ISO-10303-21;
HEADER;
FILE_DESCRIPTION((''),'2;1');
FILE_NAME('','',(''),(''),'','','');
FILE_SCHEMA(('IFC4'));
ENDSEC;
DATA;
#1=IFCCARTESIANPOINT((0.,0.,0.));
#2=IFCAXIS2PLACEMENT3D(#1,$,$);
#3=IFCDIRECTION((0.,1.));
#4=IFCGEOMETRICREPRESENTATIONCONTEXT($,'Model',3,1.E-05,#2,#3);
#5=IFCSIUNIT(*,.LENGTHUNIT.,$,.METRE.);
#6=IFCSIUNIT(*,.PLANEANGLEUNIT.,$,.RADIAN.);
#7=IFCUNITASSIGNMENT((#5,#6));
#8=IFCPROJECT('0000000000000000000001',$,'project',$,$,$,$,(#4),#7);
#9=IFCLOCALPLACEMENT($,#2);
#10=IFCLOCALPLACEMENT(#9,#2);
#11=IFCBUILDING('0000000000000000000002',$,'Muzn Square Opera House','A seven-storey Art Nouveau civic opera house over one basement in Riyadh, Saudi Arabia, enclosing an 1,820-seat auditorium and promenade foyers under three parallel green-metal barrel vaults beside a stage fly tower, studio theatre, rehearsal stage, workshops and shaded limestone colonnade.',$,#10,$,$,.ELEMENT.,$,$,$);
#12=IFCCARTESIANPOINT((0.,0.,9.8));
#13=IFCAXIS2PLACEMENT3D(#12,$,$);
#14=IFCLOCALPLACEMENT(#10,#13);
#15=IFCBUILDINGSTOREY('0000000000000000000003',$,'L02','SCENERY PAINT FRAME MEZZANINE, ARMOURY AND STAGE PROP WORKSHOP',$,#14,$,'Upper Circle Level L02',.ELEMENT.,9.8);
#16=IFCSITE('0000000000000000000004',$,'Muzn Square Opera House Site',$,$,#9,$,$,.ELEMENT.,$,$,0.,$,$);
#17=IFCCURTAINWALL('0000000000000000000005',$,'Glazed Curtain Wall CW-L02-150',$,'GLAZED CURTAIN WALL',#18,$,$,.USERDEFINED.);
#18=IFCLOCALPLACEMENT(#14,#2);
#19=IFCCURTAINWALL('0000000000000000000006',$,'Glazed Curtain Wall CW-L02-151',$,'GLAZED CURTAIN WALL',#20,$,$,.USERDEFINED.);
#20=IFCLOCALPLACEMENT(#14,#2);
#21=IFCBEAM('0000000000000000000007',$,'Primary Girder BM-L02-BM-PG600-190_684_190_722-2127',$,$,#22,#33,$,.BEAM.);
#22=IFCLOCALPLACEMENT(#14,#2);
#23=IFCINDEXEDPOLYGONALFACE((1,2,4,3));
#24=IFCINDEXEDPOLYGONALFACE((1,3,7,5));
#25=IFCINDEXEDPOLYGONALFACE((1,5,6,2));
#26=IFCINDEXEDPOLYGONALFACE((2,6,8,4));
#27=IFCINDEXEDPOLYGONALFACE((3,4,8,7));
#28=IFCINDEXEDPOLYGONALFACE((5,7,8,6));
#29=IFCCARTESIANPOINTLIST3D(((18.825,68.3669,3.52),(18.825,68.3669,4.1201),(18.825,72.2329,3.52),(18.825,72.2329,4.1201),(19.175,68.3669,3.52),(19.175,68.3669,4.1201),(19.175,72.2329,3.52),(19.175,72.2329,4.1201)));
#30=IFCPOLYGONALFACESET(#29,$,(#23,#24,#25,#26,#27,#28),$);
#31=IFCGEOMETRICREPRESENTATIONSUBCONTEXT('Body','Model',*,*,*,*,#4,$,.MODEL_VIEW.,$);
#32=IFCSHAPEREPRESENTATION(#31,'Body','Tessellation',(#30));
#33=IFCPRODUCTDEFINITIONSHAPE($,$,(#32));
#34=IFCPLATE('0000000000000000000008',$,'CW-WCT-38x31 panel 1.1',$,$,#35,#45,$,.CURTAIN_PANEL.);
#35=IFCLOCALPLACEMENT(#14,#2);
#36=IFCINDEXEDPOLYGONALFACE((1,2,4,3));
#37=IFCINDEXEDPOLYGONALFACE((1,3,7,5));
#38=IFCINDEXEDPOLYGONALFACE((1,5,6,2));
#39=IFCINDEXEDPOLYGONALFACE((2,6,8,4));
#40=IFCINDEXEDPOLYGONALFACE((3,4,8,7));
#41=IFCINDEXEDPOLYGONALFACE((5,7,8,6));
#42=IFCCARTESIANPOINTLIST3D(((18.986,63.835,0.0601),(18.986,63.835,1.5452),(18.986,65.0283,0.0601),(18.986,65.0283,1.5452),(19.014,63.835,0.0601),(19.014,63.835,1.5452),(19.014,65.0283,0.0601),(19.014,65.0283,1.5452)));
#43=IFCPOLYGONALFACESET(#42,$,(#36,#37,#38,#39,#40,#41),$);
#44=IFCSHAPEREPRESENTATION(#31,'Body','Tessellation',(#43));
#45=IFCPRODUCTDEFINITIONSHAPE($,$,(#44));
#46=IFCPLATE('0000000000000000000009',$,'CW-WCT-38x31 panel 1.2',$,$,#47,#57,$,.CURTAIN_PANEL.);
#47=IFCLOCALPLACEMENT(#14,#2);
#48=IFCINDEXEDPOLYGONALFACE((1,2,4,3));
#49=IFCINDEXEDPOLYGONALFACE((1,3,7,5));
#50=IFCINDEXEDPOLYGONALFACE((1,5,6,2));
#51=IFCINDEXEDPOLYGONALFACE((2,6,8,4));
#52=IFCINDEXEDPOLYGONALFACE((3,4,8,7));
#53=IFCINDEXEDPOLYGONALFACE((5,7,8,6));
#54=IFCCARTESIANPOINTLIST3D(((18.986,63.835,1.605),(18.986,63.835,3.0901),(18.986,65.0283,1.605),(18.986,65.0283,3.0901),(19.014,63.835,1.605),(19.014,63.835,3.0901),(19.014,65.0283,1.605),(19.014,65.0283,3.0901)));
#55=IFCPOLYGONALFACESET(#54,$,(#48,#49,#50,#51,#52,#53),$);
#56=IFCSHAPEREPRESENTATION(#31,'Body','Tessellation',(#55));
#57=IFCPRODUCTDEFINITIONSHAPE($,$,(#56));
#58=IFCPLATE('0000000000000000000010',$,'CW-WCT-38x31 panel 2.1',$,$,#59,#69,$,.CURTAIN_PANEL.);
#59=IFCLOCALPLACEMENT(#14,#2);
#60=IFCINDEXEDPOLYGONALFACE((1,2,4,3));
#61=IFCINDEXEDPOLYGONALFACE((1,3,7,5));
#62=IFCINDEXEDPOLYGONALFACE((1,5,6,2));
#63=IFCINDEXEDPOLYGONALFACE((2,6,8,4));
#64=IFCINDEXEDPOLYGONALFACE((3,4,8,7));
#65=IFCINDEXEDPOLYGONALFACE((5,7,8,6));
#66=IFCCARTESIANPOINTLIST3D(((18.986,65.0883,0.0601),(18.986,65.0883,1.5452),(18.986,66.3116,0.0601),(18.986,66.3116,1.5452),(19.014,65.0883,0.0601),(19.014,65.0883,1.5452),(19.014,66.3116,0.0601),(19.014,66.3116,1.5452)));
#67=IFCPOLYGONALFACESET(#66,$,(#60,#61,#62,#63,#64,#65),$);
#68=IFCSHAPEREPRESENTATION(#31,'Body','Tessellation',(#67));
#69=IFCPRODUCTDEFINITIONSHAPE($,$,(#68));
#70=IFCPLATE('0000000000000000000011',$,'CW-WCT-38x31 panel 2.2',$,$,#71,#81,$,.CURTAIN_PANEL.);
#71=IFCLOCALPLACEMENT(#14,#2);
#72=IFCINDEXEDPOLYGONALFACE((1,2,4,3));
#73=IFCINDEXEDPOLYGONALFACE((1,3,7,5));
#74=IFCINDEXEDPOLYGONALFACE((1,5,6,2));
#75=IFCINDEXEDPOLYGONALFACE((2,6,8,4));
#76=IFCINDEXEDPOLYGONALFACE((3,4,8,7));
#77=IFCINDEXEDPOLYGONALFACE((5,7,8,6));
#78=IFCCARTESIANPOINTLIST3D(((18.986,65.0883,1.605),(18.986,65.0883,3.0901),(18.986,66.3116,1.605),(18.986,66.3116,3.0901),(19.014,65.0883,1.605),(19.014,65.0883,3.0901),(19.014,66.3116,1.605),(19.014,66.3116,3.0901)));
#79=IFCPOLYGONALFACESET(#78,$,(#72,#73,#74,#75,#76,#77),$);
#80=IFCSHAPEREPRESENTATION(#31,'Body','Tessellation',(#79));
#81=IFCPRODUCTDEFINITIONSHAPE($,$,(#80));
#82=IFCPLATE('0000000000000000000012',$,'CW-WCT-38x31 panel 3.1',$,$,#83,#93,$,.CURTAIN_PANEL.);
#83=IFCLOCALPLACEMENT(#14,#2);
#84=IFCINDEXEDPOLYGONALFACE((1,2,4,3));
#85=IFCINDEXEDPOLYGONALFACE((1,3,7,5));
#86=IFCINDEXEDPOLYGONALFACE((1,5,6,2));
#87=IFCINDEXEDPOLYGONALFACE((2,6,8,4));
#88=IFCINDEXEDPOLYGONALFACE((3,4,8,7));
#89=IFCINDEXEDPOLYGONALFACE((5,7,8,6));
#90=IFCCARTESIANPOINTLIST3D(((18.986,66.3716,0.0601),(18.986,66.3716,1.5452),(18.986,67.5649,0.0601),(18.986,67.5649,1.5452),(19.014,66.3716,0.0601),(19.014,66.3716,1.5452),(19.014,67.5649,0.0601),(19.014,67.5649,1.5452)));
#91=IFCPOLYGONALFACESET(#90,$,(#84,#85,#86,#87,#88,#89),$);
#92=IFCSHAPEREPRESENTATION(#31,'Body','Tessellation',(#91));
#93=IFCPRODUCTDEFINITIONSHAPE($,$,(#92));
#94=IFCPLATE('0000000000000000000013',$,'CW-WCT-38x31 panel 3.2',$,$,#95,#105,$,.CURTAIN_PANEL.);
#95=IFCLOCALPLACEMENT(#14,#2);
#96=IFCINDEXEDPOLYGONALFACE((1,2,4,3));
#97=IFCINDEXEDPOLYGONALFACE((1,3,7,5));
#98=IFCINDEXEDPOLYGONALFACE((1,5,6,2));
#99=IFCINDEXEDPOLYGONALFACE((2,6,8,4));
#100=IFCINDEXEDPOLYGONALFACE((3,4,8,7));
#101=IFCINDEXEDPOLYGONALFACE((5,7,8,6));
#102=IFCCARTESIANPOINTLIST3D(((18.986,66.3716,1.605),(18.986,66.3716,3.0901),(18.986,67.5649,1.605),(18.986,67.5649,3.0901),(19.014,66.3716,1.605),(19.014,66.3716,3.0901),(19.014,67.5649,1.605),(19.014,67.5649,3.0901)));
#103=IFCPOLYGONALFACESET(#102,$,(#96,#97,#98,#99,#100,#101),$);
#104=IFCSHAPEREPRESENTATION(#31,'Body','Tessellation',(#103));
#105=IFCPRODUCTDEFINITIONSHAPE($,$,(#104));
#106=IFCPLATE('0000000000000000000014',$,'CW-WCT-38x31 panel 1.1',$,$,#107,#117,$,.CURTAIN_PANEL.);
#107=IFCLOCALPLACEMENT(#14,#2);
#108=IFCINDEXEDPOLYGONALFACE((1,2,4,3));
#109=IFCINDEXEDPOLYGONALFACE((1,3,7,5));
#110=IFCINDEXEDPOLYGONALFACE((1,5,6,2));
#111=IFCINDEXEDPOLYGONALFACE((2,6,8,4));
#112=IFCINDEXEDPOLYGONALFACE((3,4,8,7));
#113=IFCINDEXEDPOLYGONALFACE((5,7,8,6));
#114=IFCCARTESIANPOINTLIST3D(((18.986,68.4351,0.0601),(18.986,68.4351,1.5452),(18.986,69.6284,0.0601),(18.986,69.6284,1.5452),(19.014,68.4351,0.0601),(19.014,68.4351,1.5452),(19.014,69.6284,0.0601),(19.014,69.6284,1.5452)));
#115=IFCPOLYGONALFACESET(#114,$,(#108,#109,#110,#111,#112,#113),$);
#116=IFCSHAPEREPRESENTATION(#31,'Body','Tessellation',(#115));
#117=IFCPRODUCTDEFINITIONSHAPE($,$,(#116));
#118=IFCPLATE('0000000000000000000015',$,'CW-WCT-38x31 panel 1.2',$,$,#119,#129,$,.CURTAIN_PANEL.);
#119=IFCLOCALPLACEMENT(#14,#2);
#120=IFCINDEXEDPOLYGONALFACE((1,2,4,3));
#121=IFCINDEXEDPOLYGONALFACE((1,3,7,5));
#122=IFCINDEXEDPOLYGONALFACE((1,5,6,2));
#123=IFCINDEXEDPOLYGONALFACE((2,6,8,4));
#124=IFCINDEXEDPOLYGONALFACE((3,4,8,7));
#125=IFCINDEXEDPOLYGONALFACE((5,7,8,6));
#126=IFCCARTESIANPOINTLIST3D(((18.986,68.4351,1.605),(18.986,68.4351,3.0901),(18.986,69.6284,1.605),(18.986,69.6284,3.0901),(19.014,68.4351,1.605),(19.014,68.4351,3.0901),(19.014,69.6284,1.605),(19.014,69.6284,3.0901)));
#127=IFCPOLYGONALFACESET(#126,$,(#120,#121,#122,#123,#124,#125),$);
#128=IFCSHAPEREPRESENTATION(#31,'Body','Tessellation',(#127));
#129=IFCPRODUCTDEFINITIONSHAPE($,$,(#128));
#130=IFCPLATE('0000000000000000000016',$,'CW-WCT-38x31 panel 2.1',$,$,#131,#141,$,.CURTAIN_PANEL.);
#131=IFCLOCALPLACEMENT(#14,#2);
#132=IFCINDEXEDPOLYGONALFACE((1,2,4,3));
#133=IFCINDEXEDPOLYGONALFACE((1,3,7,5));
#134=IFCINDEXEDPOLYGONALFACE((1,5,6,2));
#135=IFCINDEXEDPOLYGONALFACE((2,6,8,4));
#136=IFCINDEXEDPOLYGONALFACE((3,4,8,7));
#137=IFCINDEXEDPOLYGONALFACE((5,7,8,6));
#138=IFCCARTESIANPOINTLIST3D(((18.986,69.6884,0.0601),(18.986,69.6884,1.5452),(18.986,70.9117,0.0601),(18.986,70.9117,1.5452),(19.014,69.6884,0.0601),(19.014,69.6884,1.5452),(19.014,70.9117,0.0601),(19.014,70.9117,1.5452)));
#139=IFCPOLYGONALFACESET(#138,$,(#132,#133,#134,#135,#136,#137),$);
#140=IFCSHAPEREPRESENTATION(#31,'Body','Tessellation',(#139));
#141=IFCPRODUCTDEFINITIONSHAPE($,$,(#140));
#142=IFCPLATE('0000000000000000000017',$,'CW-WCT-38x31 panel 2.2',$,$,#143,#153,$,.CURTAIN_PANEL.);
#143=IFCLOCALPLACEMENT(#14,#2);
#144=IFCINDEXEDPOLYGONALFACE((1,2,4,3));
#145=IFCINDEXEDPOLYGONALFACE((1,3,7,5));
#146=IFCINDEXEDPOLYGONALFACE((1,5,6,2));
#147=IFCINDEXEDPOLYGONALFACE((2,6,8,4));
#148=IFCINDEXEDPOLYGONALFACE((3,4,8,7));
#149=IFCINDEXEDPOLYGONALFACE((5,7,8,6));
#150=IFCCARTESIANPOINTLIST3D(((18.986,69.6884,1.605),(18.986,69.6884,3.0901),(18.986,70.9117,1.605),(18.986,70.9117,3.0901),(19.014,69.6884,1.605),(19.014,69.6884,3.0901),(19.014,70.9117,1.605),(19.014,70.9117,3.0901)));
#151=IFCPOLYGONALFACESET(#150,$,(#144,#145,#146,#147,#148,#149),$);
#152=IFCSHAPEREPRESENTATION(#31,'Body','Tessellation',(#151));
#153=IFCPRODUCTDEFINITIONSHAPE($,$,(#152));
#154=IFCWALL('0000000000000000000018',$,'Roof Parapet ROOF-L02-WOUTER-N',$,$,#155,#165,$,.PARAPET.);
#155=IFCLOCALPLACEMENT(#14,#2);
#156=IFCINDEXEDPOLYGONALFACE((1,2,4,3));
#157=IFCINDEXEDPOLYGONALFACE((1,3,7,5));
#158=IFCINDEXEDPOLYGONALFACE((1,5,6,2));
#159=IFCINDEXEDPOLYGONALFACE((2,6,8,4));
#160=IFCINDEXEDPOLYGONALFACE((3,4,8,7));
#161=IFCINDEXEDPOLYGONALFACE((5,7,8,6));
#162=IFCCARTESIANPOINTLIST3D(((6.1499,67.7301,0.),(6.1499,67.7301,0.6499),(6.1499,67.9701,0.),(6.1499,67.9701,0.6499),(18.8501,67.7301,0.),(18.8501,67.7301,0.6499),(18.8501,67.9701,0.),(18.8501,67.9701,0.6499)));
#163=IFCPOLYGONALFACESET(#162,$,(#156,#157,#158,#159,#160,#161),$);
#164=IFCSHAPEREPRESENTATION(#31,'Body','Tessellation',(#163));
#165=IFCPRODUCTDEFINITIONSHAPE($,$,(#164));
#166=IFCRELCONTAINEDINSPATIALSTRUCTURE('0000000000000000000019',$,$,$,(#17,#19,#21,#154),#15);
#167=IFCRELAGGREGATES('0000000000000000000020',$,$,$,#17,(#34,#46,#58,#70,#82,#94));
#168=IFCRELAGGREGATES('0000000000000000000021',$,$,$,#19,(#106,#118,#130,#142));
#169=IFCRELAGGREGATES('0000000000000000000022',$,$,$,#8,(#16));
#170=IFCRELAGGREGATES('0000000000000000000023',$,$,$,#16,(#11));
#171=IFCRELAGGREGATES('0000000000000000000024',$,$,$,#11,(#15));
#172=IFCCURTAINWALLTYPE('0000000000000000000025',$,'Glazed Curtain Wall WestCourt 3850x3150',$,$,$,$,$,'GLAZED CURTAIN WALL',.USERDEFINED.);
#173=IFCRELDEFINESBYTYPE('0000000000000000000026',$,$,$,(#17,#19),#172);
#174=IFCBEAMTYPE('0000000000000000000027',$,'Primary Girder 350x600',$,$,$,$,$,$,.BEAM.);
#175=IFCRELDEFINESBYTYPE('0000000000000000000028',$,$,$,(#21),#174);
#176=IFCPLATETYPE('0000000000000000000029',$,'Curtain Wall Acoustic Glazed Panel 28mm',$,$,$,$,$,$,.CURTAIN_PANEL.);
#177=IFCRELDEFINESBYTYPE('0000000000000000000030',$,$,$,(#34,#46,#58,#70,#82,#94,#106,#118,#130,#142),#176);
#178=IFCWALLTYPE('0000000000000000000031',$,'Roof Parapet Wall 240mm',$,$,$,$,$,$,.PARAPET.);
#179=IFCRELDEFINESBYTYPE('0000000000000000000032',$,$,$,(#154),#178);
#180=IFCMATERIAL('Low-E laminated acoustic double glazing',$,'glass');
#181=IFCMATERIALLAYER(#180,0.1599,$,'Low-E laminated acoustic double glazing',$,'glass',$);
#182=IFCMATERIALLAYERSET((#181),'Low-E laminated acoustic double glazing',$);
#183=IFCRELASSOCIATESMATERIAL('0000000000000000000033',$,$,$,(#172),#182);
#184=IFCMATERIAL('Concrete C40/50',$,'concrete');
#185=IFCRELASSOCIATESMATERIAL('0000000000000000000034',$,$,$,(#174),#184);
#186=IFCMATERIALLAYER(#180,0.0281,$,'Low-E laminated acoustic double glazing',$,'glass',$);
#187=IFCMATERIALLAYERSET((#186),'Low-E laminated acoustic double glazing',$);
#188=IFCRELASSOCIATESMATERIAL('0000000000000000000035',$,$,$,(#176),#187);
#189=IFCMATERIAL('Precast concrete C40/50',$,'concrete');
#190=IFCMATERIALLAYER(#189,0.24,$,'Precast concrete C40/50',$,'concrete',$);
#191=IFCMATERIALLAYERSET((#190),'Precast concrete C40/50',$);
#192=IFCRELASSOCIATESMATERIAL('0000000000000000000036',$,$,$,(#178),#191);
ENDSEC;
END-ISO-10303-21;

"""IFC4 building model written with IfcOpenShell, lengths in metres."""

from ifc_helpers import new_model, si_unit, direction, frame, frame_2d, origin, origin_2d, place, context, subcontext, project, spatial, rectangle, extrude, material, layer, layer_set, material_profile, profile_set, type_object, element, aggregate, save


model = new_model("IFC4")

# Units and contexts
model_context = context("Model", 3, precision=1e-05, world=origin(), true_north=direction((0.0, 1.0)))
body_context = subcontext(model_context, "Body", "Model", "MODEL_VIEW")
ifc_project = project(units=[si_unit("LENGTHUNIT", "METRE"), si_unit("PLANEANGLEUNIT", "RADIAN")], contexts=[model_context])

# Site, building, storey
site_placement = place(None, origin())
site = spatial("IfcSite", under=ifc_project, at=site_placement, Name="Muzn Square Opera House Site", CompositionType="ELEMENT", RefElevation=0.0)
building_placement = place(site_placement, origin())
building = spatial("IfcBuilding", under=site, at=building_placement, Name="Muzn Square Opera House", Description="A seven-storey Art Nouveau civic opera house over one basement in Riyadh, Saudi Arabia, enclosing an 1,820-seat auditorium and promenade foyers under three parallel green-metal barrel vaults beside a stage fly tower, studio theatre, rehearsal stage, workshops and shaded limestone colonnade.", CompositionType="ELEMENT")
storey_placement = place(building_placement, frame((0.0, 0.0, 9.8)))
storey = spatial("IfcBuildingStorey", under=building, at=storey_placement, Name="L02", Description="SCENERY PAINT FRAME MEZZANINE, ARMOURY AND STAGE PROP WORKSHOP", LongName="Upper Circle Level L02", CompositionType="ELEMENT", Elevation=9.8)

# Curtain walls
ifc_material_1 = material(Name="Low-E laminated acoustic double glazing", Category="glass")
ifc_layer_1 = layer(ifc_material_1, 0.1599, Name="Low-E laminated acoustic double glazing", Category="glass")
ifc_layer_set_1 = layer_set([ifc_layer_1], Name="Low-E laminated acoustic double glazing")
curtain_wall_type = type_object("IfcCurtainWallType", Name="Glazed Curtain Wall WestCourt 3850x3150", ElementType="GLAZED CURTAIN WALL", PredefinedType="USERDEFINED", material=ifc_layer_set_1)
curtain_wall_1_placement = place(storey_placement, origin())
curtain_wall_1 = element("IfcCurtainWall", 1, at=curtain_wall_1_placement, inside=storey, type_object=curtain_wall_type, Name="Glazed Curtain Wall CW-L02-150", ObjectType="GLAZED CURTAIN WALL", PredefinedType="USERDEFINED")
curtain_wall_2_placement = place(storey_placement, origin())
curtain_wall_2 = element("IfcCurtainWall", 2, at=curtain_wall_2_placement, inside=storey, type_object=curtain_wall_type, Name="Glazed Curtain Wall CW-L02-151", ObjectType="GLAZED CURTAIN WALL", PredefinedType="USERDEFINED")

# Beam
ifc_material_2 = material(Name="Concrete C40/50", Category="concrete")
ifc_material_profile_1 = material_profile(ifc_material_2, rectangle(XDim=0.3501, YDim=0.6001, at=origin_2d()), Name="RCB 350x600", Category="concrete")
ifc_profile_set_1 = profile_set([ifc_material_profile_1], Name="Concrete C40/50")
beam_type = type_object("IfcBeamType", Name="Primary Girder 350x600", PredefinedType="BEAM", material=ifc_profile_set_1)
beam_placement = place(storey_placement, frame((19.0, 68.3669, 3.8201), z_axis=(0.0, 1.0, 0.0), x_axis=(-1.0, 0.0, 0.0)))
element("IfcBeam", 3, at=beam_placement, inside=storey, type_object=beam_type, Name="Primary Girder BM-L02-BM-PG600-190_684_190_722-2127", PredefinedType="BEAM", context=body_context, shape_type="SweptSolid", body=[
    extrude(rectangle(XDim=0.3501, YDim=0.6001, at=origin_2d()), origin(), (0.0, 0.0, 1.0), 3.866),
])

# Plates
ifc_layer_2 = layer(ifc_material_1, 0.0281, Name="Low-E laminated acoustic double glazing", Category="glass")
ifc_layer_set_2 = layer_set([ifc_layer_2], Name="Low-E laminated acoustic double glazing")
plate_type = type_object("IfcPlateType", Name="Curtain Wall Acoustic Glazed Panel 28mm", PredefinedType="CURTAIN_PANEL", material=ifc_layer_set_2)
plate_1_placement = place(storey_placement, frame((19.0, 64.4316, 0.0601), z_axis=(0.0, 0.0, 1.0), x_axis=(0.0, 1.0, 0.0)))
plate_1 = element("IfcPlate", 4, at=plate_1_placement, type_object=plate_type, Name="CW-WCT-38x31 panel 1.1", PredefinedType="CURTAIN_PANEL", context=body_context, shape_type="SweptSolid", body=[
    extrude(rectangle(XDim=1.1934, YDim=0.0281, at=origin_2d()), origin(), (0.0, 0.0, 1.0), 1.4851),
])
plate_2_placement = place(storey_placement, frame((19.0, 64.4316, 1.605), z_axis=(0.0, 0.0, 1.0), x_axis=(0.0, 1.0, 0.0)))
plate_2 = element("IfcPlate", 5, at=plate_2_placement, type_object=plate_type, Name="CW-WCT-38x31 panel 1.2", PredefinedType="CURTAIN_PANEL", context=body_context, shape_type="SweptSolid", body=[
    extrude(rectangle(XDim=1.1934, YDim=0.0281, at=origin_2d()), origin(), (0.0, 0.0, 1.0), 1.4851),
])
plate_3_placement = place(storey_placement, frame((19.0, 65.7, 0.0601), z_axis=(0.0, 0.0, 1.0), x_axis=(0.0, 1.0, 0.0)))
plate_3 = element("IfcPlate", 6, at=plate_3_placement, type_object=plate_type, Name="CW-WCT-38x31 panel 2.1", PredefinedType="CURTAIN_PANEL", context=body_context, shape_type="SweptSolid", body=[
    extrude(rectangle(XDim=1.2234, YDim=0.0281, at=origin_2d()), origin(), (0.0, 0.0, 1.0), 1.4851),
])
plate_4_placement = place(storey_placement, frame((19.0, 65.7, 1.605), z_axis=(0.0, 0.0, 1.0), x_axis=(0.0, 1.0, 0.0)))
plate_4 = element("IfcPlate", 7, at=plate_4_placement, type_object=plate_type, Name="CW-WCT-38x31 panel 2.2", PredefinedType="CURTAIN_PANEL", context=body_context, shape_type="SweptSolid", body=[
    extrude(rectangle(XDim=1.2234, YDim=0.0281, at=origin_2d()), origin(), (0.0, 0.0, 1.0), 1.4851),
])
plate_5_placement = place(storey_placement, frame((19.0, 66.9683, 0.0601), z_axis=(0.0, 0.0, 1.0), x_axis=(0.0, 1.0, 0.0)))
plate_5 = element("IfcPlate", 8, at=plate_5_placement, type_object=plate_type, Name="CW-WCT-38x31 panel 3.1", PredefinedType="CURTAIN_PANEL", context=body_context, shape_type="SweptSolid", body=[
    extrude(rectangle(XDim=1.1934, YDim=0.0281, at=origin_2d()), origin(), (0.0, 0.0, 1.0), 1.4851),
])
plate_6_placement = place(storey_placement, frame((19.0, 66.9683, 1.605), z_axis=(0.0, 0.0, 1.0), x_axis=(0.0, 1.0, 0.0)))
plate_6 = element("IfcPlate", 9, at=plate_6_placement, type_object=plate_type, Name="CW-WCT-38x31 panel 3.2", PredefinedType="CURTAIN_PANEL", context=body_context, shape_type="SweptSolid", body=[
    extrude(rectangle(XDim=1.1934, YDim=0.0281, at=origin_2d()), origin(), (0.0, 0.0, 1.0), 1.4851),
])
aggregate(curtain_wall_1, [plate_1, plate_2, plate_3, plate_4, plate_5, plate_6])
plate_7_placement = place(storey_placement, frame((19.0, 69.0317, 0.0601), z_axis=(0.0, 0.0, 1.0), x_axis=(0.0, 1.0, 0.0)))
plate_7 = element("IfcPlate", 10, at=plate_7_placement, type_object=plate_type, Name="CW-WCT-38x31 panel 1.1", PredefinedType="CURTAIN_PANEL", context=body_context, shape_type="SweptSolid", body=[
    extrude(rectangle(XDim=1.1934, YDim=0.0281, at=origin_2d()), origin(), (0.0, 0.0, 1.0), 1.4851),
])
plate_8_placement = place(storey_placement, frame((19.0, 69.0317, 1.605), z_axis=(0.0, 0.0, 1.0), x_axis=(0.0, 1.0, 0.0)))
plate_8 = element("IfcPlate", 11, at=plate_8_placement, type_object=plate_type, Name="CW-WCT-38x31 panel 1.2", PredefinedType="CURTAIN_PANEL", context=body_context, shape_type="SweptSolid", body=[
    extrude(rectangle(XDim=1.1934, YDim=0.0281, at=origin_2d()), origin(), (0.0, 0.0, 1.0), 1.4851),
])
plate_9_placement = place(storey_placement, frame((19.0, 70.3, 0.0601), z_axis=(0.0, 0.0, 1.0), x_axis=(0.0, 1.0, 0.0)))
plate_9 = element("IfcPlate", 12, at=plate_9_placement, type_object=plate_type, Name="CW-WCT-38x31 panel 2.1", PredefinedType="CURTAIN_PANEL", context=body_context, shape_type="SweptSolid", body=[
    extrude(rectangle(XDim=1.2234, YDim=0.0281, at=origin_2d()), origin(), (0.0, 0.0, 1.0), 1.4851),
])
plate_10_placement = place(storey_placement, frame((19.0, 70.3, 1.605), z_axis=(0.0, 0.0, 1.0), x_axis=(0.0, 1.0, 0.0)))
plate_10 = element("IfcPlate", 13, at=plate_10_placement, type_object=plate_type, Name="CW-WCT-38x31 panel 2.2", PredefinedType="CURTAIN_PANEL", context=body_context, shape_type="SweptSolid", body=[
    extrude(rectangle(XDim=1.2234, YDim=0.0281, at=origin_2d()), origin(), (0.0, 0.0, 1.0), 1.4851),
])
aggregate(curtain_wall_2, [plate_7, plate_8, plate_9, plate_10])

# Wall
ifc_material_3 = material(Name="Precast concrete C40/50", Category="concrete")
ifc_layer_3 = layer(ifc_material_3, 0.24, Name="Precast concrete C40/50", Category="concrete")
ifc_layer_set_3 = layer_set([ifc_layer_3], Name="Precast concrete C40/50")
wall_type = type_object("IfcWallType", Name="Roof Parapet Wall 240mm", PredefinedType="PARAPET", material=ifc_layer_set_3)
wall_placement = place(storey_placement, frame((6.1499, 67.8501, 0.0), z_axis=(0.0, 0.0, 1.0), x_axis=(1.0, 0.0, 0.0)))
element("IfcWall", 14, at=wall_placement, inside=storey, type_object=wall_type, Name="Roof Parapet ROOF-L02-WOUTER-N", PredefinedType="PARAPET", context=body_context, shape_type="SweptSolid", body=[
    extrude(rectangle(XDim=12.7002, YDim=0.24, at=frame_2d((6.3501, 0.0))), origin(), (0.0, 0.0, 1.0), 0.6499),
])

save(model, "model.ifc")
